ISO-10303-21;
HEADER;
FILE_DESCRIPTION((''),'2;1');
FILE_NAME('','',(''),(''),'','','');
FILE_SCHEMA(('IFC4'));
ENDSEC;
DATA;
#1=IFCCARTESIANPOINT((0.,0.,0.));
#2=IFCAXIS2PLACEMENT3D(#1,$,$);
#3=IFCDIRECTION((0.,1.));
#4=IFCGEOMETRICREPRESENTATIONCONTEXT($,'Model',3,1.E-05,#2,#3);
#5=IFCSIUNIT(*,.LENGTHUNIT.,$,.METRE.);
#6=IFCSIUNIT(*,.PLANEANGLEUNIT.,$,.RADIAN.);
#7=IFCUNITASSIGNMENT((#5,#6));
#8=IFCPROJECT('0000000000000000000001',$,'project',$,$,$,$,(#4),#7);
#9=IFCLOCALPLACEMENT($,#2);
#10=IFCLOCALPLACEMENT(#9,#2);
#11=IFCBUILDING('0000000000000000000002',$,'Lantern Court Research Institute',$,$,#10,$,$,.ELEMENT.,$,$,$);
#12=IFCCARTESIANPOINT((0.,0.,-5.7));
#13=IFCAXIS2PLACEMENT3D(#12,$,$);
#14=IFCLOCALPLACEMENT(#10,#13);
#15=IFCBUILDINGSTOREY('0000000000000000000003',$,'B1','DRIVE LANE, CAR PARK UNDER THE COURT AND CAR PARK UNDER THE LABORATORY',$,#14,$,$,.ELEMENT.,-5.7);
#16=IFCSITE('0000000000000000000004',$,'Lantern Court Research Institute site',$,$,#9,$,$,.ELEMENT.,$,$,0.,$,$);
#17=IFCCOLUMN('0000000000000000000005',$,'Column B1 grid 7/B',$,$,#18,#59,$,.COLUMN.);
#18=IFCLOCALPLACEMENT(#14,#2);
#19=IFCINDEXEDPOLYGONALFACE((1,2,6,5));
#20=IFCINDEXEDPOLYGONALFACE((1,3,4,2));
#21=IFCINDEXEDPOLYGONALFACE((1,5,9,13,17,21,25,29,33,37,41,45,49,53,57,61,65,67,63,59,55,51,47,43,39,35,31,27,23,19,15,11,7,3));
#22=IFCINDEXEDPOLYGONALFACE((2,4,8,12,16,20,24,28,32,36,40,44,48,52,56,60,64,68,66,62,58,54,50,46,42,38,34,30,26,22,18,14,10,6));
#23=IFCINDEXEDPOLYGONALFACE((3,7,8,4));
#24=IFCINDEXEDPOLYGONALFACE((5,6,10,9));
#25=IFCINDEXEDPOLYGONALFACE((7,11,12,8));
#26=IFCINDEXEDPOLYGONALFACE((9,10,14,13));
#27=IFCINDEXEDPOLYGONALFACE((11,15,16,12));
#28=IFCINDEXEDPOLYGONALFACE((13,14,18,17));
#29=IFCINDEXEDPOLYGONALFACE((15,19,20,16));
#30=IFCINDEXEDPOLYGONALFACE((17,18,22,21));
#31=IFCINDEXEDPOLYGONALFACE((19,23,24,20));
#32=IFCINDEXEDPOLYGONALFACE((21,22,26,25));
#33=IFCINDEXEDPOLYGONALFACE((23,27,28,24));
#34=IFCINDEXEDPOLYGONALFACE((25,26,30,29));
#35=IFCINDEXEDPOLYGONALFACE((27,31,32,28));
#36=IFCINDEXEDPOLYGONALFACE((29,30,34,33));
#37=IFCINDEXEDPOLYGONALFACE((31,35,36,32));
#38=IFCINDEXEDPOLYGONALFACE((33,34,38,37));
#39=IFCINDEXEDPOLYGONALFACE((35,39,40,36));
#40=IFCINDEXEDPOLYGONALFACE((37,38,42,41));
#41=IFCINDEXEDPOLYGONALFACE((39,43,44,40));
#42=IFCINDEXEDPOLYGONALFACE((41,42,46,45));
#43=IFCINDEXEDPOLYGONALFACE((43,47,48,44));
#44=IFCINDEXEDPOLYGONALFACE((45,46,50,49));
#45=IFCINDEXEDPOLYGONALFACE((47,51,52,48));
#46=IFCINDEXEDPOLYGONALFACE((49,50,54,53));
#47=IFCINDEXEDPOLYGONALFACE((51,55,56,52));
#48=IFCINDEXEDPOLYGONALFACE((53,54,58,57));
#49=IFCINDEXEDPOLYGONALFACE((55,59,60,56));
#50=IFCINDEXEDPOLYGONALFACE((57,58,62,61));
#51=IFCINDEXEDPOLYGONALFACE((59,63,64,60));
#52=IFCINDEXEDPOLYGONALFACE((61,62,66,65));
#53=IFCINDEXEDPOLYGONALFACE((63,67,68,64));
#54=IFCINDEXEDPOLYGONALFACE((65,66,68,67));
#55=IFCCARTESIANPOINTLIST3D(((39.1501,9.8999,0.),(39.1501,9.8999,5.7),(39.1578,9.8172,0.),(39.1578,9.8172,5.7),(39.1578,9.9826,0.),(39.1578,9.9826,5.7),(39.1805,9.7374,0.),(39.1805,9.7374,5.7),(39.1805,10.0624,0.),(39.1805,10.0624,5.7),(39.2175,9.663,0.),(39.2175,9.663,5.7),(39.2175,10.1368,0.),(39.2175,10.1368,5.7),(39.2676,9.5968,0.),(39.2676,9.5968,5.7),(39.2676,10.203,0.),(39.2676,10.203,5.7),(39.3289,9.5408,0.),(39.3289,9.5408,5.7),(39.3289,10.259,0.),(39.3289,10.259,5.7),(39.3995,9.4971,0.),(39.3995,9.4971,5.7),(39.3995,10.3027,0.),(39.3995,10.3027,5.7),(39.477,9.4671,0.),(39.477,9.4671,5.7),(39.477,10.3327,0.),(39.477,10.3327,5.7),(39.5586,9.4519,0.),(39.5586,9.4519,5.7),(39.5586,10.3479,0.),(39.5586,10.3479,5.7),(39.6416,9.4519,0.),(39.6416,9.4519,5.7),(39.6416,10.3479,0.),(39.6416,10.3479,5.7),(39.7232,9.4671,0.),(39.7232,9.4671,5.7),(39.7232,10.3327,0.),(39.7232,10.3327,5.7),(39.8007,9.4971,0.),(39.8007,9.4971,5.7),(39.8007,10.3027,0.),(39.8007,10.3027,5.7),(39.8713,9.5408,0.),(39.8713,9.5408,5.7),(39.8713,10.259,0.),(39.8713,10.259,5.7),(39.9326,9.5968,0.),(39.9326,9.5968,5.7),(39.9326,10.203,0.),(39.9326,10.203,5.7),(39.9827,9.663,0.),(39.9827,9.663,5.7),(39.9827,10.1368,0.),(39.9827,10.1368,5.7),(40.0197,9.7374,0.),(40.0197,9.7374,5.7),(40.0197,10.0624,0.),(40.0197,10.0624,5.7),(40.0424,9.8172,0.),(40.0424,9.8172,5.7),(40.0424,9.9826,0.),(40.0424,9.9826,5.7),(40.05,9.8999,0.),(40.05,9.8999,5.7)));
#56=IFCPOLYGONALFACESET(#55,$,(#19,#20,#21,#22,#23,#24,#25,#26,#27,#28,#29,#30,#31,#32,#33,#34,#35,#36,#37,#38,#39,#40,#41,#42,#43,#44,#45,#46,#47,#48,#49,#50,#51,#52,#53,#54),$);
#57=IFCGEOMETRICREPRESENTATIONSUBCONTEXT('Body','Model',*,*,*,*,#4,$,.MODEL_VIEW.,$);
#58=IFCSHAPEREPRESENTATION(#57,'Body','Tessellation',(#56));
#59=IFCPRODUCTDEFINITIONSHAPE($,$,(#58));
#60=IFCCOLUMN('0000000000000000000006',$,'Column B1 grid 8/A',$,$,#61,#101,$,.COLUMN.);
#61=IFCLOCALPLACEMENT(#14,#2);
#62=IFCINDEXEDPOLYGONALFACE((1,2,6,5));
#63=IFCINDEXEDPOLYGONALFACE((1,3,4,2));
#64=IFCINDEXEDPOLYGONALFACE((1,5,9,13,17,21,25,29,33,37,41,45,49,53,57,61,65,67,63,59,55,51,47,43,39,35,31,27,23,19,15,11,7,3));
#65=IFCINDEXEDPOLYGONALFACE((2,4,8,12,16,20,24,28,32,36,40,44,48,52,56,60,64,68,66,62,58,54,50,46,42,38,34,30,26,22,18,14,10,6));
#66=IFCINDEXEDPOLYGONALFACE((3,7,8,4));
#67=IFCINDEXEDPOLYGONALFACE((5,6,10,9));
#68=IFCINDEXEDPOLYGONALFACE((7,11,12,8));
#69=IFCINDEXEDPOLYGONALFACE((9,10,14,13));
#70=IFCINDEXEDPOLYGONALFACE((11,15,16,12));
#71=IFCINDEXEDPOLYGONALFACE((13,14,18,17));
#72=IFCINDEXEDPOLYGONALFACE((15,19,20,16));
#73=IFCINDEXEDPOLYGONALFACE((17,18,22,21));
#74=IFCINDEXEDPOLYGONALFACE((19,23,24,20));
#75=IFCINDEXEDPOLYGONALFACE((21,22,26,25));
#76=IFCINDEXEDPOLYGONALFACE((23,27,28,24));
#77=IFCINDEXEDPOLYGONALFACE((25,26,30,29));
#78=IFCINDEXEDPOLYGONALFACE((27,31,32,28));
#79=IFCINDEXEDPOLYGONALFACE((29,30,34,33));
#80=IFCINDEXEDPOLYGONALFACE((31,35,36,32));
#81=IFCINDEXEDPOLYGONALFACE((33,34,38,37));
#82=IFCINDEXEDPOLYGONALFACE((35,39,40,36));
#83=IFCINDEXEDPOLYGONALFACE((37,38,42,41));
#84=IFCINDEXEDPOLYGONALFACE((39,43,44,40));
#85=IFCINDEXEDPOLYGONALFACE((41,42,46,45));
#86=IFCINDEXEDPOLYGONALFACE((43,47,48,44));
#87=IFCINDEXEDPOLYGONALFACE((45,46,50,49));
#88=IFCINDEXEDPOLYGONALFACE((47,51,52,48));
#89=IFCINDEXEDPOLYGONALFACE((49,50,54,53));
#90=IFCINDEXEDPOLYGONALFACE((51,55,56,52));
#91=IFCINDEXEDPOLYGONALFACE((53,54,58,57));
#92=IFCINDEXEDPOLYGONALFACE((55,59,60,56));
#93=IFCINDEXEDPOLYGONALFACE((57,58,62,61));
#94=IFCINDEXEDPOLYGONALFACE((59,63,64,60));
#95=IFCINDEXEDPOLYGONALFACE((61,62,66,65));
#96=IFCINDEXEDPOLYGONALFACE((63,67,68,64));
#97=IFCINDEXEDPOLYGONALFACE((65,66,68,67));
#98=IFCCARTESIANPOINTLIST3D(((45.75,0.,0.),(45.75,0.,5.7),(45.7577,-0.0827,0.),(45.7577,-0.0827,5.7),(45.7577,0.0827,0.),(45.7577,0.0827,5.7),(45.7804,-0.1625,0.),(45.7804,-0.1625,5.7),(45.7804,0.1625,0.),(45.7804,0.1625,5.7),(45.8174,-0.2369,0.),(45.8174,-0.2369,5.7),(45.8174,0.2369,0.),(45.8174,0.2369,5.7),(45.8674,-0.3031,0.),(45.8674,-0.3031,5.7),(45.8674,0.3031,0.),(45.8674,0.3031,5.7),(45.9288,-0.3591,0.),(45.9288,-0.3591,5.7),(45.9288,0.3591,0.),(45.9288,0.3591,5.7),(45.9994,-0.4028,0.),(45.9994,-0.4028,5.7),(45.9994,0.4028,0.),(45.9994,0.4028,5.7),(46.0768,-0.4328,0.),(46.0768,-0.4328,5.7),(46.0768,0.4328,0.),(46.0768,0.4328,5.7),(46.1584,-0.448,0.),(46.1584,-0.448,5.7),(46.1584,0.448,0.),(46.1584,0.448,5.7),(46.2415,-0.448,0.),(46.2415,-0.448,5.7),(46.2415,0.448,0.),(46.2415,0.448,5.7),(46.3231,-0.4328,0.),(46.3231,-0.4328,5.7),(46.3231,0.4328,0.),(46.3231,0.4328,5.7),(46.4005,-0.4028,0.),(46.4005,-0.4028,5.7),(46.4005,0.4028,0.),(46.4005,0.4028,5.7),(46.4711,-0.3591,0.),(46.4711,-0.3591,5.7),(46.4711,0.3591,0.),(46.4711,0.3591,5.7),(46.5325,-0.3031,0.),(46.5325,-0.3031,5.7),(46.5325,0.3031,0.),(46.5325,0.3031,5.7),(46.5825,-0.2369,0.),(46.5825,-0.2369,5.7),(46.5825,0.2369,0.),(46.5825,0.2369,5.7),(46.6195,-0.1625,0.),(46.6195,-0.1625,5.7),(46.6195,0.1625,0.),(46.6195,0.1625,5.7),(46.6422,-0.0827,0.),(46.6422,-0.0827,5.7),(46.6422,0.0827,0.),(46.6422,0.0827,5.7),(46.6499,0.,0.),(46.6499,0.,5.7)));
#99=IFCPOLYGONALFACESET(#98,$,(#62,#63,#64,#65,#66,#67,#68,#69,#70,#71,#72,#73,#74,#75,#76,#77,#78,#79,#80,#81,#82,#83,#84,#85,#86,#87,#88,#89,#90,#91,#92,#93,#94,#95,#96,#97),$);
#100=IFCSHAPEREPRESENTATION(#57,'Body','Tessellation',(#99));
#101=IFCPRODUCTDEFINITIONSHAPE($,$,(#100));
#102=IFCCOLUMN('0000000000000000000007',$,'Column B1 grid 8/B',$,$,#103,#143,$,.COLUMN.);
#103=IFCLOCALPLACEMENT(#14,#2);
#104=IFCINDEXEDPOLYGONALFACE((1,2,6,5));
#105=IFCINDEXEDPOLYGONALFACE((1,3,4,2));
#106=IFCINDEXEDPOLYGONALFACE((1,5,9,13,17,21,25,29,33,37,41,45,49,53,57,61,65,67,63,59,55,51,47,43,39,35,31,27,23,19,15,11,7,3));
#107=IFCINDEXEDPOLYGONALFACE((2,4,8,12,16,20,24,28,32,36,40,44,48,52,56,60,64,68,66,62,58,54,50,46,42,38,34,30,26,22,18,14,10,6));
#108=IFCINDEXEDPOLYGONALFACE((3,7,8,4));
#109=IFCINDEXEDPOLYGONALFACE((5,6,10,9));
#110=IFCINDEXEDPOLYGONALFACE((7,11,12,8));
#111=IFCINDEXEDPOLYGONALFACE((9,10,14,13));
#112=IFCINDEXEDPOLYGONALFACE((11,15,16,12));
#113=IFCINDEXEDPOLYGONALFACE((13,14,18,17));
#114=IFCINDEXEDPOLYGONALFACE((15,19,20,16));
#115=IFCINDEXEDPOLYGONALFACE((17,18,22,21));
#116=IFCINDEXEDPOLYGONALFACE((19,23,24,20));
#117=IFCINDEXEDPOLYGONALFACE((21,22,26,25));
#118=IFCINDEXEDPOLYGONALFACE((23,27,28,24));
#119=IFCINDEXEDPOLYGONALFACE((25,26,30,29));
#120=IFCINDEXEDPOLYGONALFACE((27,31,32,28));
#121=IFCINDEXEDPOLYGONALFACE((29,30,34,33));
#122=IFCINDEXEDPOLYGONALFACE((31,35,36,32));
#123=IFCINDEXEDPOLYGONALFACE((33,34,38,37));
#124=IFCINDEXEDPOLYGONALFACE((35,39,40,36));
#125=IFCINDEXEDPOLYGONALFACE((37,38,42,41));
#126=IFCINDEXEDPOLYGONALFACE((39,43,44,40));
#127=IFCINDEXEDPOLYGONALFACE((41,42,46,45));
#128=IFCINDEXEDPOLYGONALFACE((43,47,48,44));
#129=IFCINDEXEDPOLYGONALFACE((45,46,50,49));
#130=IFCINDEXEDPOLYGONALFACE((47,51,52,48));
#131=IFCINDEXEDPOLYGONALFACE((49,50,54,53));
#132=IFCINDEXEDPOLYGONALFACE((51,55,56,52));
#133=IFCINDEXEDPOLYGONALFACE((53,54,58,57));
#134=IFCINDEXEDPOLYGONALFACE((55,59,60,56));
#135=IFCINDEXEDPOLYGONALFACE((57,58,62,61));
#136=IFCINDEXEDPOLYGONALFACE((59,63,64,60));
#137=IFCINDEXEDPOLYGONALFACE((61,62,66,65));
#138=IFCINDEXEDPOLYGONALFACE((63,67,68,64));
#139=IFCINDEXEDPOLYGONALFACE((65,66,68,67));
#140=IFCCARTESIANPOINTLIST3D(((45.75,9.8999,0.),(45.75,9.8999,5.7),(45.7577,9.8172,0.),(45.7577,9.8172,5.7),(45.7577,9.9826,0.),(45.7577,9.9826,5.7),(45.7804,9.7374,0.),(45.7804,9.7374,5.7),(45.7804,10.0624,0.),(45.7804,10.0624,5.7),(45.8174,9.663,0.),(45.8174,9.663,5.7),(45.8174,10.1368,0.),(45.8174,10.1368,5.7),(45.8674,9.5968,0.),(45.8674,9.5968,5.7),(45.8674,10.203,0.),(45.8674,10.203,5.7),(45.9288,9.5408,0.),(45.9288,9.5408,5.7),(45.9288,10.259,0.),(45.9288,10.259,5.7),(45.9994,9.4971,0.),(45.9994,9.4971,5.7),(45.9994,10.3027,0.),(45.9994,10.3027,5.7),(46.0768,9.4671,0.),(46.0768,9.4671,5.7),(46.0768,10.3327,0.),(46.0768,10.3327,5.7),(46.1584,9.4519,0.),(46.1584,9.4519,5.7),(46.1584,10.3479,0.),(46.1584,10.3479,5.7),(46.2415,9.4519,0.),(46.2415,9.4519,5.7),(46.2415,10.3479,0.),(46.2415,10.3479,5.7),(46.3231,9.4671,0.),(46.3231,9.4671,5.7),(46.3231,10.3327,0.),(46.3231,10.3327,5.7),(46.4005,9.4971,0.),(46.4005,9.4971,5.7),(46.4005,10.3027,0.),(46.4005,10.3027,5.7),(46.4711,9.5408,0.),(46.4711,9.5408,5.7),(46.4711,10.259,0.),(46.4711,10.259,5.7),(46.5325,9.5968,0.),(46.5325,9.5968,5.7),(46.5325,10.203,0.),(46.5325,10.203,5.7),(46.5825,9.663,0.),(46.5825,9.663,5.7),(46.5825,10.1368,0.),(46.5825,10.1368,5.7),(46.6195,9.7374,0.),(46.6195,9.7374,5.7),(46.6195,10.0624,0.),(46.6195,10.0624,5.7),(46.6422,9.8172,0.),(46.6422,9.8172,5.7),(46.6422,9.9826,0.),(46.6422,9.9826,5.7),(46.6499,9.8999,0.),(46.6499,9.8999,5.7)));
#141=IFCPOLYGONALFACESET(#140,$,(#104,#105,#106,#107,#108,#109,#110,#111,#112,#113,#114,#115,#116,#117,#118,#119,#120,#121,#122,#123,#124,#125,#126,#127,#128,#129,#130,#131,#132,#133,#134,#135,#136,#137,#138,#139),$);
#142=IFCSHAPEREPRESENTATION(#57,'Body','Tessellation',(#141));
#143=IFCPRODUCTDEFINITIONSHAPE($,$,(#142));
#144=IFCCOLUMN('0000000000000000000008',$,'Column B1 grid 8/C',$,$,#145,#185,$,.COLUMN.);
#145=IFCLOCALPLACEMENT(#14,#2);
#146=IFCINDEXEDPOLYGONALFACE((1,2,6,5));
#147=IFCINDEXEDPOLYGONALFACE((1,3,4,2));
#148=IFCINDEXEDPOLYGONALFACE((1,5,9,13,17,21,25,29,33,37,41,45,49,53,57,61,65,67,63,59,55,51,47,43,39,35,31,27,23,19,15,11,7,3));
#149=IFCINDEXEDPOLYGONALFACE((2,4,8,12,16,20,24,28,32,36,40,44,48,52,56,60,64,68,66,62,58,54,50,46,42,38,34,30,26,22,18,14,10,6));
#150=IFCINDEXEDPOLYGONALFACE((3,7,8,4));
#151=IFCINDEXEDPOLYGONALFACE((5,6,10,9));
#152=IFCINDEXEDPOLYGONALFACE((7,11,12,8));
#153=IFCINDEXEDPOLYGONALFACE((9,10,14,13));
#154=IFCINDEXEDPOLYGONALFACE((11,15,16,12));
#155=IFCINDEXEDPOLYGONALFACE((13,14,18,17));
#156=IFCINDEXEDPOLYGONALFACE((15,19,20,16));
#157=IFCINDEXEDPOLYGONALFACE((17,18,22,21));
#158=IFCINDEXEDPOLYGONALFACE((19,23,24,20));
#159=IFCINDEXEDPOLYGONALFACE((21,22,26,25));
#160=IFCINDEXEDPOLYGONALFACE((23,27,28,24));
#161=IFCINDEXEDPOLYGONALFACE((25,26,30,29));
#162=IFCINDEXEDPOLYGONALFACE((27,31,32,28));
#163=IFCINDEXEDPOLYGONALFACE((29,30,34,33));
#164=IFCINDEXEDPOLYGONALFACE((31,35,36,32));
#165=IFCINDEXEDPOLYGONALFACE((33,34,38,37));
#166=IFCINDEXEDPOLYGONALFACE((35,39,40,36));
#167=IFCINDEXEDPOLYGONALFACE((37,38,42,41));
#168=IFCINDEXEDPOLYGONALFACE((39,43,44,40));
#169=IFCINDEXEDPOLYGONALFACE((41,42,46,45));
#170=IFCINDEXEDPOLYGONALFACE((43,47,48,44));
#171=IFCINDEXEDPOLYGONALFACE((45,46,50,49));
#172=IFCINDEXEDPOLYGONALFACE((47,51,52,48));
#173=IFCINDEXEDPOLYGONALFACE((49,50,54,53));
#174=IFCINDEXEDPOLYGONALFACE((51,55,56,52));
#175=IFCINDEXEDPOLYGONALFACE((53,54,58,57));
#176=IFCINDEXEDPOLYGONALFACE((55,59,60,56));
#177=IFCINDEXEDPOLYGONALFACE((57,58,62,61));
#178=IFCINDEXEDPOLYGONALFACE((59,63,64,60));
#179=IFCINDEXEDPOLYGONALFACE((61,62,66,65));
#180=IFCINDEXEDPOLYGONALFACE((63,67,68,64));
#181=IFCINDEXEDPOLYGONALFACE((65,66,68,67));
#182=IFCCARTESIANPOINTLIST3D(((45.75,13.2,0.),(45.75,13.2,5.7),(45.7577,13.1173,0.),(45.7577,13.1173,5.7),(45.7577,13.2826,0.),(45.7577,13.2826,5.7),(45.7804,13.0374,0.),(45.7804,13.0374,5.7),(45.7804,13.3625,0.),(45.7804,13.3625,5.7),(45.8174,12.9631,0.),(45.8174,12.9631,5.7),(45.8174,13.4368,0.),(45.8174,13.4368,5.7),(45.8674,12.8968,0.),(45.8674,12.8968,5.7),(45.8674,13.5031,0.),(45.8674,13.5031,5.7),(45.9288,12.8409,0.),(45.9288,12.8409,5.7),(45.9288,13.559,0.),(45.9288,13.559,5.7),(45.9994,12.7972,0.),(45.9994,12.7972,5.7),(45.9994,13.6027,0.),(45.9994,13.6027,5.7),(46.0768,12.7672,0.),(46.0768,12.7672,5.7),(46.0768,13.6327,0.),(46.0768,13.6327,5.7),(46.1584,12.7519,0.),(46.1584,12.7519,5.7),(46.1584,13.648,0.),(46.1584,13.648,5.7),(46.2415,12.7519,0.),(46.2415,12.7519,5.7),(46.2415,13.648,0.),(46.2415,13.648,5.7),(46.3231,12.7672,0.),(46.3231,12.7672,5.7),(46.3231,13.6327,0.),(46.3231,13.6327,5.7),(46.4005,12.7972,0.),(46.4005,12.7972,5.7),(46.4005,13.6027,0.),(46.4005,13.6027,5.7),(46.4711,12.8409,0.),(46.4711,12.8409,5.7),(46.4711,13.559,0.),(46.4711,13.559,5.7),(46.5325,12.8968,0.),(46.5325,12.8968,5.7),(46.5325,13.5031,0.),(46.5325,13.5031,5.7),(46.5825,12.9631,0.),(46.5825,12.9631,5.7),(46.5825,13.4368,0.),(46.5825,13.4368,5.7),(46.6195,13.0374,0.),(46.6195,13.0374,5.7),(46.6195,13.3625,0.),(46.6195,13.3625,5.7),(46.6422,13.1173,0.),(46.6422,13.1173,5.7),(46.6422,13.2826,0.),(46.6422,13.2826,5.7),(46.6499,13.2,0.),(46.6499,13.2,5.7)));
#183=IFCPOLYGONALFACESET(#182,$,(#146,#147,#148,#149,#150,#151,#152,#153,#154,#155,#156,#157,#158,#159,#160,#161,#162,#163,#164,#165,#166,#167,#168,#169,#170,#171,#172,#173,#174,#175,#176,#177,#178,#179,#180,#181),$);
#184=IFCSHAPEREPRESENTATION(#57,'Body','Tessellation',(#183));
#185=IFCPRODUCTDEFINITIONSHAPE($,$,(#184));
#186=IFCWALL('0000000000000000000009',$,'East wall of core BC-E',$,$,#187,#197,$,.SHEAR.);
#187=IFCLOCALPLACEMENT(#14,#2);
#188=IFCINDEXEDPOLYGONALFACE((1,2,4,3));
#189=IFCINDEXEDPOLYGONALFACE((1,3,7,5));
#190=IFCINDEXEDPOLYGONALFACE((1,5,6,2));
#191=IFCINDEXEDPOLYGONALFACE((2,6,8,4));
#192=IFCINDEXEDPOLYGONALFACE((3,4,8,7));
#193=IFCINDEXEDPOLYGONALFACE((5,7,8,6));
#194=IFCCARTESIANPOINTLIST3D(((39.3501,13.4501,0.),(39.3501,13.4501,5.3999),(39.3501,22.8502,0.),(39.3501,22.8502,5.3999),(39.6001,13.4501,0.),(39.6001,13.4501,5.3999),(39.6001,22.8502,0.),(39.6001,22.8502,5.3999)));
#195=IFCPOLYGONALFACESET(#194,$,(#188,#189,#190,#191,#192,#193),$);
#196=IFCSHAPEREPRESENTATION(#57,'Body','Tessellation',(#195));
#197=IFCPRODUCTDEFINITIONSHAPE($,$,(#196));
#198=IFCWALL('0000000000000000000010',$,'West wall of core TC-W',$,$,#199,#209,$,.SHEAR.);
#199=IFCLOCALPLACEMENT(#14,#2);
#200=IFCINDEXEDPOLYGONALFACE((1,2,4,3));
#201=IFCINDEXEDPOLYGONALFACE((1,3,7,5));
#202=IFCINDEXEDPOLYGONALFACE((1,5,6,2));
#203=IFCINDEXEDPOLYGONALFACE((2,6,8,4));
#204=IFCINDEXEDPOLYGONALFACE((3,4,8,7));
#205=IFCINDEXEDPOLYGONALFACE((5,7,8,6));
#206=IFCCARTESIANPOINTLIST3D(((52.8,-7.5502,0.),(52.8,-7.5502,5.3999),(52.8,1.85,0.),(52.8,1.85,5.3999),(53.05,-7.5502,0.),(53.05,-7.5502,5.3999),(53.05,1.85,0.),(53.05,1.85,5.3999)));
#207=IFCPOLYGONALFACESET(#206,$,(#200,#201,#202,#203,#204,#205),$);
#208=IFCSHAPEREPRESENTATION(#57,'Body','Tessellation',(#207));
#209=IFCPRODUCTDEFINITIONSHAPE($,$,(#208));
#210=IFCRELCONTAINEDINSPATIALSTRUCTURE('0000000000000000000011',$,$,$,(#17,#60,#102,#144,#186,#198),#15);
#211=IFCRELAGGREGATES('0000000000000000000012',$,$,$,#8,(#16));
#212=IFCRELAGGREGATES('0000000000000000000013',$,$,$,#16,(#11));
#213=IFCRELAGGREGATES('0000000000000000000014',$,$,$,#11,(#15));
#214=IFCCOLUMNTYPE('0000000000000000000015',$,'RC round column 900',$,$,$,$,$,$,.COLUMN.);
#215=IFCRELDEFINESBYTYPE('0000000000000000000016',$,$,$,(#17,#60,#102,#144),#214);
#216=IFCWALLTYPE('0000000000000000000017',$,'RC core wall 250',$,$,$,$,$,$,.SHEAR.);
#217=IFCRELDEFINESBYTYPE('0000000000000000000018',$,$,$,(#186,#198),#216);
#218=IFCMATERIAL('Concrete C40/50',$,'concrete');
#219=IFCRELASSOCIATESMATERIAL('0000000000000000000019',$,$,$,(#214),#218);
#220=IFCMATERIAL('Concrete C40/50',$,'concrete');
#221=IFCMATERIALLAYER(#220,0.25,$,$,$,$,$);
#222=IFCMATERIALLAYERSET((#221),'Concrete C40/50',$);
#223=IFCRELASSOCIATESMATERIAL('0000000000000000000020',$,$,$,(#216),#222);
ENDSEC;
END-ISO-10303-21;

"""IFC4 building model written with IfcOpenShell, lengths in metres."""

from ifc_helpers import new_model, si_unit, direction, frame, frame_2d, origin, origin_2d, place, context, subcontext, project, spatial, rectangle, circle, extrude, material, layer, layer_set, material_profile, profile_set, type_object, element, save


model = new_model("IFC4")

# Units and contexts
model_context = context("Model", 3, precision=1e-05, world=origin(), true_north=direction((0.0, 1.0)))
body_context = subcontext(model_context, "Body", "Model", "MODEL_VIEW")
ifc_project = project(units=[si_unit("LENGTHUNIT", "METRE"), si_unit("PLANEANGLEUNIT", "RADIAN")], contexts=[model_context])

# Site, building, storey
site_placement = place(None, origin())
site = spatial("IfcSite", under=ifc_project, at=site_placement, Name="Lantern Court Research Institute site", CompositionType="ELEMENT", RefElevation=0.0)
building_placement = place(site_placement, origin())
building = spatial("IfcBuilding", under=site, at=building_placement, Name="Lantern Court Research Institute", CompositionType="ELEMENT")
storey_placement = place(building_placement, frame((0.0, 0.0, -5.7)))
storey = spatial("IfcBuildingStorey", under=building, at=storey_placement, Name="B1", Description="DRIVE LANE, CAR PARK UNDER THE COURT AND CAR PARK UNDER THE LABORATORY", CompositionType="ELEMENT", Elevation=-5.7)

# Columns
ifc_material_1 = material(Name="Concrete C40/50", Category="concrete")
ifc_material_profile_1 = material_profile(ifc_material_1, circle(Radius=0.45, at=origin_2d()), Name="RC round column 900")
ifc_profile_set_1 = profile_set([ifc_material_profile_1], Name="Concrete C40/50")
column_type_1 = type_object("IfcColumnType", Name="RC round column 900", PredefinedType="COLUMN", material=ifc_profile_set_1)
for number, where, z_axis, x_axis, name in (
    (1, (39.6001, 9.8999, 0.0), (0.0, 0.0, 1.0), (1.0, 0.0, 0.0), "Column B1 grid 7/B"),
    (2, (46.2, 0.0, 0.0), (0.0, 0.0, 1.0), (1.0, 0.0, 0.0), "Column B1 grid 8/A"),
    (3, (46.2, 9.8999, 0.0), (0.0, 0.0, 1.0), (1.0, 0.0, 0.0), "Column B1 grid 8/B"),
    (4, (46.2, 13.2, 0.0), (0.0, 0.0, 1.0), (1.0, 0.0, 0.0), "Column B1 grid 8/C"),
):
    element("IfcColumn", number, at=place(storey_placement, frame(where, z_axis=z_axis, x_axis=x_axis)), inside=storey, type_object=column_type_1, Name=name, PredefinedType="COLUMN", context=body_context, shape_type="SweptSolid", body=[
        extrude(circle(Radius=0.45, at=origin_2d()), origin(), (0.0, 0.0, 1.0), 5.7),
    ])

# Walls
ifc_material_2 = material(Name="Concrete C40/50", Category="concrete")
ifc_layer_1 = layer(ifc_material_2, 0.25)
ifc_layer_set_1 = layer_set([ifc_layer_1], Name="Concrete C40/50")
wall_type_1 = type_object("IfcWallType", Name="RC core wall 250", PredefinedType="SHEAR", material=ifc_layer_set_1)
for number, where, z_axis, x_axis, name in (
    (5, (39.4751, 13.45, 0.0), (0.0, 0.0, 1.0), (0.0, 1.0, 0.0), "East wall of core BC-E"),
    (6, (52.925, 1.8501, 0.0), (0.0, 0.0, 1.0), (0.0, -1.0, 0.0), "West wall of core TC-W"),
):
    element("IfcWall", number, at=place(storey_placement, frame(where, z_axis=z_axis, x_axis=x_axis)), inside=storey, type_object=wall_type_1, Name=name, PredefinedType="SHEAR", context=body_context, shape_type="SweptSolid", body=[
        extrude(rectangle(XDim=9.4001, YDim=0.25, at=frame_2d((4.7002, 0.0))), origin(), (0.0, 0.0, 1.0), 5.3999),
    ])

save(model, "model.ifc")
